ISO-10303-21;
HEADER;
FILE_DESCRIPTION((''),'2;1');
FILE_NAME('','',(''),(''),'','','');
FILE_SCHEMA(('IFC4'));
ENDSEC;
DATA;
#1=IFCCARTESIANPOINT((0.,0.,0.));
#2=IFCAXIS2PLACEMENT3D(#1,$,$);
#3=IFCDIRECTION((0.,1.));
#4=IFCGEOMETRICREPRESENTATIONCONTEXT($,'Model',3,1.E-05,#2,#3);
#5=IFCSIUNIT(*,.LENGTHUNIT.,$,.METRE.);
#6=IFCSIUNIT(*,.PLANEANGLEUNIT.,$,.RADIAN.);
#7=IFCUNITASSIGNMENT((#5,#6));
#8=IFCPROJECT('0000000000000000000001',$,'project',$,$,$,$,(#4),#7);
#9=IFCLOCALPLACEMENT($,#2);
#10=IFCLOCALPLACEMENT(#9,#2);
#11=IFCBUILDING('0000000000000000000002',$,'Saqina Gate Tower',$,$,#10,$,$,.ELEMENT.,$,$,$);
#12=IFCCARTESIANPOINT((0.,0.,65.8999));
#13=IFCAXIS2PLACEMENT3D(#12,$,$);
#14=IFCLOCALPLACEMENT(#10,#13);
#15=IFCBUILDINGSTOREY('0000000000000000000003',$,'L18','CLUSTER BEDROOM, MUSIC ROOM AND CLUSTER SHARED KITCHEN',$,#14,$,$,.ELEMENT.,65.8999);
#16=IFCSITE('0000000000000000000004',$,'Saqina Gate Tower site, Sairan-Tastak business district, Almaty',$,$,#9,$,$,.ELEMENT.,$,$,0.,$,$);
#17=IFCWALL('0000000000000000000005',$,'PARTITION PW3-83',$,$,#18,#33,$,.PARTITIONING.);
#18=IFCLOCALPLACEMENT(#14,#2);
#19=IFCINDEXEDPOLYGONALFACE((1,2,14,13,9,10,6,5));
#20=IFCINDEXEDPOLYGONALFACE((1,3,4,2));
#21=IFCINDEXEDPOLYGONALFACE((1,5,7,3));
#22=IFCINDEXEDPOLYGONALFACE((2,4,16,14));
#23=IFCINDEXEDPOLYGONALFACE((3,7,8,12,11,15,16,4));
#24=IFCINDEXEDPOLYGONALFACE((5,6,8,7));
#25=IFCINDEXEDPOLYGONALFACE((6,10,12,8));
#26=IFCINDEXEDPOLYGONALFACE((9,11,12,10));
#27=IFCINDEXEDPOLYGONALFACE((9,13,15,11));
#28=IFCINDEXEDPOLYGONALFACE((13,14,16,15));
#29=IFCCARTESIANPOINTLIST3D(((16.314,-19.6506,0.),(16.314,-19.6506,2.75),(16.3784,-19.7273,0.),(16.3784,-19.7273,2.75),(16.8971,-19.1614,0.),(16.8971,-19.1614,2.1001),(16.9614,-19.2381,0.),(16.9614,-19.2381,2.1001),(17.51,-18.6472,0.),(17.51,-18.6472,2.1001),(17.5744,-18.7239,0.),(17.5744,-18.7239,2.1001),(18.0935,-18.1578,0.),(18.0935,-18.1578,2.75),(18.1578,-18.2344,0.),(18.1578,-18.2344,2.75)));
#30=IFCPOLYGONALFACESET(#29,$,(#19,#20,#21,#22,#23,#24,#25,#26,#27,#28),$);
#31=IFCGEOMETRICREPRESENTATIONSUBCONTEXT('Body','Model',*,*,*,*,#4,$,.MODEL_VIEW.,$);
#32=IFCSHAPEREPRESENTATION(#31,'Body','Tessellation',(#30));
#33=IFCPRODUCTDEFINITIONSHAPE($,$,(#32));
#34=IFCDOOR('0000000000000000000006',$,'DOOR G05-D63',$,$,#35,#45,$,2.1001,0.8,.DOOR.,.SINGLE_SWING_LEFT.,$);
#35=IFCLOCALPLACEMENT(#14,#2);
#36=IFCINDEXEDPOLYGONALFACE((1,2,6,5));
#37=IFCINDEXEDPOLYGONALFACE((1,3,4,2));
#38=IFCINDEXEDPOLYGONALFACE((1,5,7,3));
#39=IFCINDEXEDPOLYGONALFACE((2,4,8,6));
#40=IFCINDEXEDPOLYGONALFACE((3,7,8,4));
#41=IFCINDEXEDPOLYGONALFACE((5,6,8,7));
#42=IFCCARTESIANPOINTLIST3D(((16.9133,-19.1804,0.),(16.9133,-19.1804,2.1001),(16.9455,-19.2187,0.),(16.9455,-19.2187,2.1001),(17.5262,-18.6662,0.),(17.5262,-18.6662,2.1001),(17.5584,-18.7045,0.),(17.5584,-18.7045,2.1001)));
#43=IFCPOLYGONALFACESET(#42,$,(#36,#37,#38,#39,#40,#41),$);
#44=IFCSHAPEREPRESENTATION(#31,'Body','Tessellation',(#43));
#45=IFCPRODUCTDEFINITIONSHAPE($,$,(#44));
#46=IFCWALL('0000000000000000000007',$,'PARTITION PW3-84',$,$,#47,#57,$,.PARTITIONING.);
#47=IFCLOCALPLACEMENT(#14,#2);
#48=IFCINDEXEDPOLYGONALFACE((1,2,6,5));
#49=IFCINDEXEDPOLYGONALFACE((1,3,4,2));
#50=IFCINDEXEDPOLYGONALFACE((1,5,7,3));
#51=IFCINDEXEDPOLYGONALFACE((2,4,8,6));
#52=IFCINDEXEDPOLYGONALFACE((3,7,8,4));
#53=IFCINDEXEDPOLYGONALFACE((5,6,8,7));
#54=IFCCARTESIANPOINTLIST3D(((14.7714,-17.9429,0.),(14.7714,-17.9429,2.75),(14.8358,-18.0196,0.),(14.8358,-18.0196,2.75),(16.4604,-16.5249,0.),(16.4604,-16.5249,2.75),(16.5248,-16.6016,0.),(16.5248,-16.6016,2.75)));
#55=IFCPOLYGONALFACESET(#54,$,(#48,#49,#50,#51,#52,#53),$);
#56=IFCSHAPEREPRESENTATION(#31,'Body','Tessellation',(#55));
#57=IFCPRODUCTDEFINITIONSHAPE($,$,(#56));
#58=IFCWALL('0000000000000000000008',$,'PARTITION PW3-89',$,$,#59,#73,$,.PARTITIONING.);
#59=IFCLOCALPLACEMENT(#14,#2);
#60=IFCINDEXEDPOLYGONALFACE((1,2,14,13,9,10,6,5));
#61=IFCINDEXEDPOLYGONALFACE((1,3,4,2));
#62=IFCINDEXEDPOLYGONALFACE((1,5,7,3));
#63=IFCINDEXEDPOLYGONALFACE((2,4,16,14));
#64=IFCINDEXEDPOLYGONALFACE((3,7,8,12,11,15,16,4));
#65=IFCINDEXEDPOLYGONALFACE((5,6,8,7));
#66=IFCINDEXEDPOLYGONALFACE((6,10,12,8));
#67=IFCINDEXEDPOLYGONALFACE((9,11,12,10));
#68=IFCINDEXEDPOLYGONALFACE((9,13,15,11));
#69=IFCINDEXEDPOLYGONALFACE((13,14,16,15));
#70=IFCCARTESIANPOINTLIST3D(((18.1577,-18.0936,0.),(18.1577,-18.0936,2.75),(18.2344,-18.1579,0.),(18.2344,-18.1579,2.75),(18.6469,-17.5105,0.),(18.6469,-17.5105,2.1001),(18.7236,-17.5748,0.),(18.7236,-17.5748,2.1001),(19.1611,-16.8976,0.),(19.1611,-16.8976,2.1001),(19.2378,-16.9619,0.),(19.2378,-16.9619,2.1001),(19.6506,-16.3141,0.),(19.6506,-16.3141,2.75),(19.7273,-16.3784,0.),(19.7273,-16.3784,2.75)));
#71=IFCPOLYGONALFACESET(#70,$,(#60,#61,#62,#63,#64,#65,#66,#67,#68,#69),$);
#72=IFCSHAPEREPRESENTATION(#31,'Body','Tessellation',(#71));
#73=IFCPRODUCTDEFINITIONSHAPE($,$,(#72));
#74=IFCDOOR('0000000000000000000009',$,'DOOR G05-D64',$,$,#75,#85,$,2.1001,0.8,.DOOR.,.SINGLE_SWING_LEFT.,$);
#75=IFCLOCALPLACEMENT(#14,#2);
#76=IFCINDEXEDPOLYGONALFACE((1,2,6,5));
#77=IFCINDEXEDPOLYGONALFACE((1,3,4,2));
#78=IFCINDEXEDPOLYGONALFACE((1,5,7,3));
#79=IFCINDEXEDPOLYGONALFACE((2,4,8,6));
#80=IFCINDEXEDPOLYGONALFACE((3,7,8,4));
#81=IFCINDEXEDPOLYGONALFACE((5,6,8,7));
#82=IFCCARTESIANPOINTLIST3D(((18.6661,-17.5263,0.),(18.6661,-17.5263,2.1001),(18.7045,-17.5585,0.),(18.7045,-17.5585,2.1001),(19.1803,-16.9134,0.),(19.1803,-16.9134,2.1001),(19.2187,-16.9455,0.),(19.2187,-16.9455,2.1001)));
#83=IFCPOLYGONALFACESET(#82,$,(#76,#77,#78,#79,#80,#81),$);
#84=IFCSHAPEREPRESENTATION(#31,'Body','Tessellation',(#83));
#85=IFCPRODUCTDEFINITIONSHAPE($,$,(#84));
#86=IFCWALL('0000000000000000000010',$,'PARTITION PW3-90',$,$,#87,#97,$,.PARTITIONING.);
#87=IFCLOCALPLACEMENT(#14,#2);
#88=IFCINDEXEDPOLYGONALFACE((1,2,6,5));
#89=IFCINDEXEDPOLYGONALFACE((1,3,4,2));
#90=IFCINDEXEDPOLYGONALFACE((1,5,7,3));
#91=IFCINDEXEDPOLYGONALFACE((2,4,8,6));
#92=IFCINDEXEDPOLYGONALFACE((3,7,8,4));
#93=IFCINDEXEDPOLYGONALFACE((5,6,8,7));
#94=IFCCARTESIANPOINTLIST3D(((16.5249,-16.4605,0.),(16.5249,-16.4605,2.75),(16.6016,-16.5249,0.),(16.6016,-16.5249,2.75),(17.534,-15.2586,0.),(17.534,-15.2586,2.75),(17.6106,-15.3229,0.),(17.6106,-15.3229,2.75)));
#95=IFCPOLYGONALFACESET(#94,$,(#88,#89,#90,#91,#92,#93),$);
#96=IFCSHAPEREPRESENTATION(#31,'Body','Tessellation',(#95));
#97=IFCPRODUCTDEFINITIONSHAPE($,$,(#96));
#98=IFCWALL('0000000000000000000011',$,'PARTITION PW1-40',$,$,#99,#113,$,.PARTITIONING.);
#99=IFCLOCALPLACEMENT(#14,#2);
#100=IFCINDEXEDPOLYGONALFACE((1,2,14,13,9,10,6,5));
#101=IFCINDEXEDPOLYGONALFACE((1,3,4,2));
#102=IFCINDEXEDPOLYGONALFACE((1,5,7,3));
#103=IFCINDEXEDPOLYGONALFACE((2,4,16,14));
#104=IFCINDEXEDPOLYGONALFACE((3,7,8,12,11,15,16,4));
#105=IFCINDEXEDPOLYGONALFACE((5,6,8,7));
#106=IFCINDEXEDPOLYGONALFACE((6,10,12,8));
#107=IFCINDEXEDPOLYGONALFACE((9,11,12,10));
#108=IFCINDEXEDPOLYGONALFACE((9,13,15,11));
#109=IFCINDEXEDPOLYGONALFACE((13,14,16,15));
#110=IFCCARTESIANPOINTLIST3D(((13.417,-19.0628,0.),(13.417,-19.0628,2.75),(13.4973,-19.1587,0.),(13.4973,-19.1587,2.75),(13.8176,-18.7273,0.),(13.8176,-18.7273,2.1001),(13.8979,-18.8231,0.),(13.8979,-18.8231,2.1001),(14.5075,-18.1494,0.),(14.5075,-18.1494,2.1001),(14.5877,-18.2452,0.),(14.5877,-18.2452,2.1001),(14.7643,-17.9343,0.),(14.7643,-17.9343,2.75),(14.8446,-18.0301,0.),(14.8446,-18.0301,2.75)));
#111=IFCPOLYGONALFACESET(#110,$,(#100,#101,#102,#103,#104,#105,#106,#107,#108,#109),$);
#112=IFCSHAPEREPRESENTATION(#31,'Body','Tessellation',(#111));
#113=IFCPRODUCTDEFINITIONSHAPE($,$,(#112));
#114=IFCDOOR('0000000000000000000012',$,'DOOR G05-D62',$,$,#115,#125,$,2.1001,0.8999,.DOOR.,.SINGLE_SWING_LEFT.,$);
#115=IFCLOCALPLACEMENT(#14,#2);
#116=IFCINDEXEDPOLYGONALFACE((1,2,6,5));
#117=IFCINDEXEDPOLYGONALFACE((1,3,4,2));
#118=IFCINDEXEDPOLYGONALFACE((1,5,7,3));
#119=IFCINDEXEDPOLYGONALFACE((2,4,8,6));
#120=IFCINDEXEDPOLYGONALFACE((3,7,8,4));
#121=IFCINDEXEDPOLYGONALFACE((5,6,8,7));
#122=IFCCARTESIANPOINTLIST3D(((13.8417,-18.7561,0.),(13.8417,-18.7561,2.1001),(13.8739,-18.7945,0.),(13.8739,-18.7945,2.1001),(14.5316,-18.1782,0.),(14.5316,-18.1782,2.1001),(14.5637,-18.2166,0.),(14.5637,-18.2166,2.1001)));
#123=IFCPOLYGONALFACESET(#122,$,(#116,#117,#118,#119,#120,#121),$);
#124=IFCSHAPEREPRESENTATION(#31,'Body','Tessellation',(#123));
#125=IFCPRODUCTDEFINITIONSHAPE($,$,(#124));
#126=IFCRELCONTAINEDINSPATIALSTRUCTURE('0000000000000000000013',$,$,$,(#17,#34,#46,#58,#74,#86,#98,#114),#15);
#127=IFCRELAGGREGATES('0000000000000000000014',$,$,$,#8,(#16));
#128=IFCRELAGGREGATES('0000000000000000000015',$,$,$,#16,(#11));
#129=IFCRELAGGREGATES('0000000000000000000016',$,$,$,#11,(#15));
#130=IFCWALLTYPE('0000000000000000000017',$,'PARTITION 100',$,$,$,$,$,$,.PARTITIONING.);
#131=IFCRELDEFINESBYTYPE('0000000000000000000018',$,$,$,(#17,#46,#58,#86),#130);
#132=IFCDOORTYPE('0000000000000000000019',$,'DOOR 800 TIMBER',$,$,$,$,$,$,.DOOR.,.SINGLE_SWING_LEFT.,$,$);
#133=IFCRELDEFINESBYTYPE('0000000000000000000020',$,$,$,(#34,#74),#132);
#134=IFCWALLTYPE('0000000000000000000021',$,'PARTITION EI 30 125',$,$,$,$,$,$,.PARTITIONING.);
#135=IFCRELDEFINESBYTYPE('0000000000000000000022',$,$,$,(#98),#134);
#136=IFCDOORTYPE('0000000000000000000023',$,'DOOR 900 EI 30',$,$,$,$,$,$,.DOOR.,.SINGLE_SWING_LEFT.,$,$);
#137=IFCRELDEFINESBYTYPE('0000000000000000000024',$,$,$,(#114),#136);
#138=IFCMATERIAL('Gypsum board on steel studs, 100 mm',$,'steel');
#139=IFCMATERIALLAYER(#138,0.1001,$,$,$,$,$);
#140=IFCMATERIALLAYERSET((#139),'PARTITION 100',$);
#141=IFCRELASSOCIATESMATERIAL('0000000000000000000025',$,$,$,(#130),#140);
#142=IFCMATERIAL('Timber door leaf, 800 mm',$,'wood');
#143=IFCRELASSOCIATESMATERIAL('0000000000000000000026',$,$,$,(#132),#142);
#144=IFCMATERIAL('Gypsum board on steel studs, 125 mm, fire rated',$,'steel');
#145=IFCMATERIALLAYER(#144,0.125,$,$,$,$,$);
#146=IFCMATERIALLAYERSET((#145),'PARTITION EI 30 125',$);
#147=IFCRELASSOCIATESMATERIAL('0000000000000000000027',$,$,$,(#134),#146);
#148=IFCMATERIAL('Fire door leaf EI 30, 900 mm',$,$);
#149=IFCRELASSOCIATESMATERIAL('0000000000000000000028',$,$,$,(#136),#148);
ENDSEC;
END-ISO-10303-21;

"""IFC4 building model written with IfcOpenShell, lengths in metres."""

from ifc_helpers import new_model, si_unit, direction, frame, frame_2d, origin, place, context, subcontext, project, spatial, rectangle, extrude, material, layer, layer_set, type_object, element, fill, save


model = new_model("IFC4")

# Units and contexts
model_context = context("Model", 3, precision=1e-05, world=origin(), true_north=direction((0.0, 1.0)))
body_context = subcontext(model_context, "Body", "Model", "MODEL_VIEW")
ifc_project = project(units=[si_unit("LENGTHUNIT", "METRE"), si_unit("PLANEANGLEUNIT", "RADIAN")], contexts=[model_context])

# Site, building, storey
site_placement = place(None, origin())
site = spatial("IfcSite", under=ifc_project, at=site_placement, Name="Saqina Gate Tower site, Sairan-Tastak business district, Almaty", CompositionType="ELEMENT", RefElevation=0.0)
building_placement = place(site_placement, origin())
building = spatial("IfcBuilding", under=site, at=building_placement, Name="Saqina Gate Tower", CompositionType="ELEMENT")
storey_placement = place(building_placement, frame((0.0, 0.0, 65.8999)))
storey = spatial("IfcBuildingStorey", under=building, at=storey_placement, Name="L18", Description="CLUSTER BEDROOM, MUSIC ROOM AND CLUSTER SHARED KITCHEN", CompositionType="ELEMENT", Elevation=65.8999)

# Shared definitions
ifc_material_1 = material(Name="Gypsum board on steel studs, 100 mm", Category="steel")
ifc_layer_1 = layer(ifc_material_1, 0.1001)
ifc_layer_set_1 = layer_set([ifc_layer_1], Name="PARTITION 100")
wall_type_1 = type_object("IfcWallType", Name="PARTITION 100", PredefinedType="PARTITIONING", material=ifc_layer_set_1)

# Wall, opening, door
wall_1_placement = place(storey_placement, frame((16.3462, -19.689, 0.0), z_axis=(0.0, 0.0, 1.0), x_axis=(0.766106, 0.642714, 0.0)))
wall_1 = element("IfcWall", 1, at=wall_1_placement, inside=storey, type_object=wall_type_1, Name="PARTITION PW3-83", PredefinedType="PARTITIONING", context=body_context, shape_type="SweptSolid", body=[
    extrude(rectangle(XDim=2.3228, YDim=0.1001, at=frame_2d((1.1614, 0.0))), origin(), (0.0, 0.0, 1.0), 2.75),
])
opening_1_placement = place(wall_1_placement, frame((0.7612, 0.0, 0.0)))
opening_1 = element("IfcOpeningElement", 2, at=opening_1_placement, cuts=wall_1, PredefinedType="OPENING", context=body_context, shape_type="SweptSolid", body=[
    extrude(rectangle(XDim=0.8, YDim=2.1001, at=frame_2d((0.3999, 1.05))), frame((0.0, 0.062, 0.0), z_axis=(0.0, -1.0, 0.0), x_axis=(1.0, 0.0, 0.0)), (0.0, 0.0, 1.0), 0.124),
])
ifc_material_2 = material(Name="Timber door leaf, 800 mm", Category="wood")
door_type_1 = type_object("IfcDoorType", Name="DOOR 800 TIMBER", OperationType="SINGLE_SWING_LEFT", PredefinedType="DOOR", material=ifc_material_2)
door_1_placement = place(opening_1_placement, frame((0.8, 0.0, 0.0), z_axis=(0.0, 0.0, 1.0), x_axis=(-1.0, 0.0, 0.0)))
door_1 = element("IfcDoor", 3, at=door_1_placement, inside=storey, type_object=door_type_1, Name="DOOR G05-D63", OperationType="SINGLE_SWING_LEFT", OverallHeight=2.1001, OverallWidth=0.8, PredefinedType="DOOR", context=body_context, shape_type="SweptSolid", body=[
    extrude(rectangle(XDim=0.8, YDim=2.1001, at=frame_2d((0.3999, 1.05))), frame((0.0, 0.0249, 0.0), z_axis=(0.0, -1.0, 0.0), x_axis=(1.0, 0.0, 0.0)), (0.0, 0.0, 1.0), 0.05),
])
fill(opening_1, door_1)

# Wall
wall_2_placement = place(storey_placement, frame((14.8037, -17.9812, 0.0), z_axis=(0.0, 0.0, 1.0), x_axis=(0.765875, 0.64299, 0.0)))
element("IfcWall", 4, at=wall_2_placement, inside=storey, type_object=wall_type_1, Name="PARTITION PW3-84", PredefinedType="PARTITIONING", context=body_context, shape_type="SweptSolid", body=[
    extrude(rectangle(XDim=2.2053, YDim=0.1001, at=frame_2d((1.1025, 0.0))), origin(), (0.0, 0.0, 1.0), 2.75),
])

# Wall, opening, door
wall_3_placement = place(storey_placement, frame((18.196, -18.1257, 0.0), z_axis=(0.0, 0.0, 1.0), x_axis=(0.642714, 0.766106, 0.0)))
wall_3 = element("IfcWall", 5, at=wall_3_placement, inside=storey, type_object=wall_type_1, Name="PARTITION PW3-89", PredefinedType="PARTITIONING", context=body_context, shape_type="SweptSolid", body=[
    extrude(rectangle(XDim=2.3228, YDim=0.1001, at=frame_2d((1.1614, 0.0))), origin(), (0.0, 0.0, 1.0), 2.75),
])
opening_2_placement = place(wall_3_placement, frame((0.7612, 0.0, 0.0)))
opening_2 = element("IfcOpeningElement", 6, at=opening_2_placement, cuts=wall_3, PredefinedType="OPENING", context=body_context, shape_type="SweptSolid", body=[
    extrude(rectangle(XDim=0.8, YDim=2.1001, at=frame_2d((0.3999, 1.05))), frame((0.0, 0.062, 0.0), z_axis=(0.0, -1.0, 0.0), x_axis=(1.0, 0.0, 0.0)), (0.0, 0.0, 1.0), 0.124),
])
door_2_placement = place(opening_2_placement, frame((0.8, 0.0, 0.0), z_axis=(0.0, 0.0, 1.0), x_axis=(-1.0, 0.0, 0.0)))
door_2 = element("IfcDoor", 7, at=door_2_placement, inside=storey, type_object=door_type_1, Name="DOOR G05-D64", OperationType="SINGLE_SWING_LEFT", OverallHeight=2.1001, OverallWidth=0.8, PredefinedType="DOOR", context=body_context, shape_type="SweptSolid", body=[
    extrude(rectangle(XDim=0.8, YDim=2.1001, at=frame_2d((0.3999, 1.05))), frame((0.0, 0.0249, 0.0), z_axis=(0.0, -1.0, 0.0), x_axis=(1.0, 0.0, 0.0)), (0.0, 0.0, 1.0), 0.05),
])
fill(opening_2, door_2)

# Wall
wall_4_placement = place(storey_placement, frame((16.5632, -16.4927, 0.0), z_axis=(0.0, 0.0, 1.0), x_axis=(0.64298, 0.765883, 0.0)))
element("IfcWall", 8, at=wall_4_placement, inside=storey, type_object=wall_type_1, Name="PARTITION PW3-90", PredefinedType="PARTITIONING", context=body_context, shape_type="SweptSolid", body=[
    extrude(rectangle(XDim=1.5693, YDim=0.1001, at=frame_2d((0.7847, 0.0))), origin(), (0.0, 0.0, 1.0), 2.75),
])

# Wall, opening, door
ifc_material_3 = material(Name="Gypsum board on steel studs, 125 mm, fire rated", Category="steel")
ifc_layer_2 = layer(ifc_material_3, 0.125)
ifc_layer_set_2 = layer_set([ifc_layer_2], Name="PARTITION EI 30 125")
wall_type_2 = type_object("IfcWallType", Name="PARTITION EI 30 125", PredefinedType="PARTITIONING", material=ifc_layer_set_2)
wall_5_placement = place(storey_placement, frame((13.457, -19.1108, 0.0), z_axis=(0.0, 0.0, 1.0), x_axis=(0.766591, 0.642136, 0.0)))
wall_5 = element("IfcWall", 9, at=wall_5_placement, inside=storey, type_object=wall_type_2, Name="PARTITION PW1-40", PredefinedType="PARTITIONING", context=body_context, shape_type="SweptSolid", body=[
    extrude(rectangle(XDim=1.7576, YDim=0.125, at=frame_2d((0.8789, 0.0))), origin(), (0.0, 0.0, 1.0), 2.75),
])
opening_3_placement = place(wall_5_placement, frame((0.5227, 0.0, 0.0)))
opening_3 = element("IfcOpeningElement", 10, at=opening_3_placement, cuts=wall_5, PredefinedType="OPENING", context=body_context, shape_type="SweptSolid", body=[
    extrude(rectangle(XDim=0.8999, YDim=2.1001, at=frame_2d((0.45, 1.05))), frame((0.0, 0.0745, 0.0), z_axis=(0.0, -1.0, 0.0), x_axis=(1.0, 0.0, 0.0)), (0.0, 0.0, 1.0), 0.1489),
])
ifc_material_4 = material(Name="Fire door leaf EI 30, 900 mm")
door_type_2 = type_object("IfcDoorType", Name="DOOR 900 EI 30", OperationType="SINGLE_SWING_LEFT", PredefinedType="DOOR", material=ifc_material_4)
door_3_placement = place(opening_3_placement, origin())
door_3 = element("IfcDoor", 11, at=door_3_placement, inside=storey, type_object=door_type_2, Name="DOOR G05-D62", OperationType="SINGLE_SWING_LEFT", OverallHeight=2.1001, OverallWidth=0.8999, PredefinedType="DOOR", context=body_context, shape_type="SweptSolid", body=[
    extrude(rectangle(XDim=0.8999, YDim=2.1001, at=frame_2d((0.45, 1.05))), frame((0.0, 0.0249, 0.0), z_axis=(0.0, -1.0, 0.0), x_axis=(1.0, 0.0, 0.0)), (0.0, 0.0, 1.0), 0.05),
])
fill(opening_3, door_3)

save(model, "model.ifc")
